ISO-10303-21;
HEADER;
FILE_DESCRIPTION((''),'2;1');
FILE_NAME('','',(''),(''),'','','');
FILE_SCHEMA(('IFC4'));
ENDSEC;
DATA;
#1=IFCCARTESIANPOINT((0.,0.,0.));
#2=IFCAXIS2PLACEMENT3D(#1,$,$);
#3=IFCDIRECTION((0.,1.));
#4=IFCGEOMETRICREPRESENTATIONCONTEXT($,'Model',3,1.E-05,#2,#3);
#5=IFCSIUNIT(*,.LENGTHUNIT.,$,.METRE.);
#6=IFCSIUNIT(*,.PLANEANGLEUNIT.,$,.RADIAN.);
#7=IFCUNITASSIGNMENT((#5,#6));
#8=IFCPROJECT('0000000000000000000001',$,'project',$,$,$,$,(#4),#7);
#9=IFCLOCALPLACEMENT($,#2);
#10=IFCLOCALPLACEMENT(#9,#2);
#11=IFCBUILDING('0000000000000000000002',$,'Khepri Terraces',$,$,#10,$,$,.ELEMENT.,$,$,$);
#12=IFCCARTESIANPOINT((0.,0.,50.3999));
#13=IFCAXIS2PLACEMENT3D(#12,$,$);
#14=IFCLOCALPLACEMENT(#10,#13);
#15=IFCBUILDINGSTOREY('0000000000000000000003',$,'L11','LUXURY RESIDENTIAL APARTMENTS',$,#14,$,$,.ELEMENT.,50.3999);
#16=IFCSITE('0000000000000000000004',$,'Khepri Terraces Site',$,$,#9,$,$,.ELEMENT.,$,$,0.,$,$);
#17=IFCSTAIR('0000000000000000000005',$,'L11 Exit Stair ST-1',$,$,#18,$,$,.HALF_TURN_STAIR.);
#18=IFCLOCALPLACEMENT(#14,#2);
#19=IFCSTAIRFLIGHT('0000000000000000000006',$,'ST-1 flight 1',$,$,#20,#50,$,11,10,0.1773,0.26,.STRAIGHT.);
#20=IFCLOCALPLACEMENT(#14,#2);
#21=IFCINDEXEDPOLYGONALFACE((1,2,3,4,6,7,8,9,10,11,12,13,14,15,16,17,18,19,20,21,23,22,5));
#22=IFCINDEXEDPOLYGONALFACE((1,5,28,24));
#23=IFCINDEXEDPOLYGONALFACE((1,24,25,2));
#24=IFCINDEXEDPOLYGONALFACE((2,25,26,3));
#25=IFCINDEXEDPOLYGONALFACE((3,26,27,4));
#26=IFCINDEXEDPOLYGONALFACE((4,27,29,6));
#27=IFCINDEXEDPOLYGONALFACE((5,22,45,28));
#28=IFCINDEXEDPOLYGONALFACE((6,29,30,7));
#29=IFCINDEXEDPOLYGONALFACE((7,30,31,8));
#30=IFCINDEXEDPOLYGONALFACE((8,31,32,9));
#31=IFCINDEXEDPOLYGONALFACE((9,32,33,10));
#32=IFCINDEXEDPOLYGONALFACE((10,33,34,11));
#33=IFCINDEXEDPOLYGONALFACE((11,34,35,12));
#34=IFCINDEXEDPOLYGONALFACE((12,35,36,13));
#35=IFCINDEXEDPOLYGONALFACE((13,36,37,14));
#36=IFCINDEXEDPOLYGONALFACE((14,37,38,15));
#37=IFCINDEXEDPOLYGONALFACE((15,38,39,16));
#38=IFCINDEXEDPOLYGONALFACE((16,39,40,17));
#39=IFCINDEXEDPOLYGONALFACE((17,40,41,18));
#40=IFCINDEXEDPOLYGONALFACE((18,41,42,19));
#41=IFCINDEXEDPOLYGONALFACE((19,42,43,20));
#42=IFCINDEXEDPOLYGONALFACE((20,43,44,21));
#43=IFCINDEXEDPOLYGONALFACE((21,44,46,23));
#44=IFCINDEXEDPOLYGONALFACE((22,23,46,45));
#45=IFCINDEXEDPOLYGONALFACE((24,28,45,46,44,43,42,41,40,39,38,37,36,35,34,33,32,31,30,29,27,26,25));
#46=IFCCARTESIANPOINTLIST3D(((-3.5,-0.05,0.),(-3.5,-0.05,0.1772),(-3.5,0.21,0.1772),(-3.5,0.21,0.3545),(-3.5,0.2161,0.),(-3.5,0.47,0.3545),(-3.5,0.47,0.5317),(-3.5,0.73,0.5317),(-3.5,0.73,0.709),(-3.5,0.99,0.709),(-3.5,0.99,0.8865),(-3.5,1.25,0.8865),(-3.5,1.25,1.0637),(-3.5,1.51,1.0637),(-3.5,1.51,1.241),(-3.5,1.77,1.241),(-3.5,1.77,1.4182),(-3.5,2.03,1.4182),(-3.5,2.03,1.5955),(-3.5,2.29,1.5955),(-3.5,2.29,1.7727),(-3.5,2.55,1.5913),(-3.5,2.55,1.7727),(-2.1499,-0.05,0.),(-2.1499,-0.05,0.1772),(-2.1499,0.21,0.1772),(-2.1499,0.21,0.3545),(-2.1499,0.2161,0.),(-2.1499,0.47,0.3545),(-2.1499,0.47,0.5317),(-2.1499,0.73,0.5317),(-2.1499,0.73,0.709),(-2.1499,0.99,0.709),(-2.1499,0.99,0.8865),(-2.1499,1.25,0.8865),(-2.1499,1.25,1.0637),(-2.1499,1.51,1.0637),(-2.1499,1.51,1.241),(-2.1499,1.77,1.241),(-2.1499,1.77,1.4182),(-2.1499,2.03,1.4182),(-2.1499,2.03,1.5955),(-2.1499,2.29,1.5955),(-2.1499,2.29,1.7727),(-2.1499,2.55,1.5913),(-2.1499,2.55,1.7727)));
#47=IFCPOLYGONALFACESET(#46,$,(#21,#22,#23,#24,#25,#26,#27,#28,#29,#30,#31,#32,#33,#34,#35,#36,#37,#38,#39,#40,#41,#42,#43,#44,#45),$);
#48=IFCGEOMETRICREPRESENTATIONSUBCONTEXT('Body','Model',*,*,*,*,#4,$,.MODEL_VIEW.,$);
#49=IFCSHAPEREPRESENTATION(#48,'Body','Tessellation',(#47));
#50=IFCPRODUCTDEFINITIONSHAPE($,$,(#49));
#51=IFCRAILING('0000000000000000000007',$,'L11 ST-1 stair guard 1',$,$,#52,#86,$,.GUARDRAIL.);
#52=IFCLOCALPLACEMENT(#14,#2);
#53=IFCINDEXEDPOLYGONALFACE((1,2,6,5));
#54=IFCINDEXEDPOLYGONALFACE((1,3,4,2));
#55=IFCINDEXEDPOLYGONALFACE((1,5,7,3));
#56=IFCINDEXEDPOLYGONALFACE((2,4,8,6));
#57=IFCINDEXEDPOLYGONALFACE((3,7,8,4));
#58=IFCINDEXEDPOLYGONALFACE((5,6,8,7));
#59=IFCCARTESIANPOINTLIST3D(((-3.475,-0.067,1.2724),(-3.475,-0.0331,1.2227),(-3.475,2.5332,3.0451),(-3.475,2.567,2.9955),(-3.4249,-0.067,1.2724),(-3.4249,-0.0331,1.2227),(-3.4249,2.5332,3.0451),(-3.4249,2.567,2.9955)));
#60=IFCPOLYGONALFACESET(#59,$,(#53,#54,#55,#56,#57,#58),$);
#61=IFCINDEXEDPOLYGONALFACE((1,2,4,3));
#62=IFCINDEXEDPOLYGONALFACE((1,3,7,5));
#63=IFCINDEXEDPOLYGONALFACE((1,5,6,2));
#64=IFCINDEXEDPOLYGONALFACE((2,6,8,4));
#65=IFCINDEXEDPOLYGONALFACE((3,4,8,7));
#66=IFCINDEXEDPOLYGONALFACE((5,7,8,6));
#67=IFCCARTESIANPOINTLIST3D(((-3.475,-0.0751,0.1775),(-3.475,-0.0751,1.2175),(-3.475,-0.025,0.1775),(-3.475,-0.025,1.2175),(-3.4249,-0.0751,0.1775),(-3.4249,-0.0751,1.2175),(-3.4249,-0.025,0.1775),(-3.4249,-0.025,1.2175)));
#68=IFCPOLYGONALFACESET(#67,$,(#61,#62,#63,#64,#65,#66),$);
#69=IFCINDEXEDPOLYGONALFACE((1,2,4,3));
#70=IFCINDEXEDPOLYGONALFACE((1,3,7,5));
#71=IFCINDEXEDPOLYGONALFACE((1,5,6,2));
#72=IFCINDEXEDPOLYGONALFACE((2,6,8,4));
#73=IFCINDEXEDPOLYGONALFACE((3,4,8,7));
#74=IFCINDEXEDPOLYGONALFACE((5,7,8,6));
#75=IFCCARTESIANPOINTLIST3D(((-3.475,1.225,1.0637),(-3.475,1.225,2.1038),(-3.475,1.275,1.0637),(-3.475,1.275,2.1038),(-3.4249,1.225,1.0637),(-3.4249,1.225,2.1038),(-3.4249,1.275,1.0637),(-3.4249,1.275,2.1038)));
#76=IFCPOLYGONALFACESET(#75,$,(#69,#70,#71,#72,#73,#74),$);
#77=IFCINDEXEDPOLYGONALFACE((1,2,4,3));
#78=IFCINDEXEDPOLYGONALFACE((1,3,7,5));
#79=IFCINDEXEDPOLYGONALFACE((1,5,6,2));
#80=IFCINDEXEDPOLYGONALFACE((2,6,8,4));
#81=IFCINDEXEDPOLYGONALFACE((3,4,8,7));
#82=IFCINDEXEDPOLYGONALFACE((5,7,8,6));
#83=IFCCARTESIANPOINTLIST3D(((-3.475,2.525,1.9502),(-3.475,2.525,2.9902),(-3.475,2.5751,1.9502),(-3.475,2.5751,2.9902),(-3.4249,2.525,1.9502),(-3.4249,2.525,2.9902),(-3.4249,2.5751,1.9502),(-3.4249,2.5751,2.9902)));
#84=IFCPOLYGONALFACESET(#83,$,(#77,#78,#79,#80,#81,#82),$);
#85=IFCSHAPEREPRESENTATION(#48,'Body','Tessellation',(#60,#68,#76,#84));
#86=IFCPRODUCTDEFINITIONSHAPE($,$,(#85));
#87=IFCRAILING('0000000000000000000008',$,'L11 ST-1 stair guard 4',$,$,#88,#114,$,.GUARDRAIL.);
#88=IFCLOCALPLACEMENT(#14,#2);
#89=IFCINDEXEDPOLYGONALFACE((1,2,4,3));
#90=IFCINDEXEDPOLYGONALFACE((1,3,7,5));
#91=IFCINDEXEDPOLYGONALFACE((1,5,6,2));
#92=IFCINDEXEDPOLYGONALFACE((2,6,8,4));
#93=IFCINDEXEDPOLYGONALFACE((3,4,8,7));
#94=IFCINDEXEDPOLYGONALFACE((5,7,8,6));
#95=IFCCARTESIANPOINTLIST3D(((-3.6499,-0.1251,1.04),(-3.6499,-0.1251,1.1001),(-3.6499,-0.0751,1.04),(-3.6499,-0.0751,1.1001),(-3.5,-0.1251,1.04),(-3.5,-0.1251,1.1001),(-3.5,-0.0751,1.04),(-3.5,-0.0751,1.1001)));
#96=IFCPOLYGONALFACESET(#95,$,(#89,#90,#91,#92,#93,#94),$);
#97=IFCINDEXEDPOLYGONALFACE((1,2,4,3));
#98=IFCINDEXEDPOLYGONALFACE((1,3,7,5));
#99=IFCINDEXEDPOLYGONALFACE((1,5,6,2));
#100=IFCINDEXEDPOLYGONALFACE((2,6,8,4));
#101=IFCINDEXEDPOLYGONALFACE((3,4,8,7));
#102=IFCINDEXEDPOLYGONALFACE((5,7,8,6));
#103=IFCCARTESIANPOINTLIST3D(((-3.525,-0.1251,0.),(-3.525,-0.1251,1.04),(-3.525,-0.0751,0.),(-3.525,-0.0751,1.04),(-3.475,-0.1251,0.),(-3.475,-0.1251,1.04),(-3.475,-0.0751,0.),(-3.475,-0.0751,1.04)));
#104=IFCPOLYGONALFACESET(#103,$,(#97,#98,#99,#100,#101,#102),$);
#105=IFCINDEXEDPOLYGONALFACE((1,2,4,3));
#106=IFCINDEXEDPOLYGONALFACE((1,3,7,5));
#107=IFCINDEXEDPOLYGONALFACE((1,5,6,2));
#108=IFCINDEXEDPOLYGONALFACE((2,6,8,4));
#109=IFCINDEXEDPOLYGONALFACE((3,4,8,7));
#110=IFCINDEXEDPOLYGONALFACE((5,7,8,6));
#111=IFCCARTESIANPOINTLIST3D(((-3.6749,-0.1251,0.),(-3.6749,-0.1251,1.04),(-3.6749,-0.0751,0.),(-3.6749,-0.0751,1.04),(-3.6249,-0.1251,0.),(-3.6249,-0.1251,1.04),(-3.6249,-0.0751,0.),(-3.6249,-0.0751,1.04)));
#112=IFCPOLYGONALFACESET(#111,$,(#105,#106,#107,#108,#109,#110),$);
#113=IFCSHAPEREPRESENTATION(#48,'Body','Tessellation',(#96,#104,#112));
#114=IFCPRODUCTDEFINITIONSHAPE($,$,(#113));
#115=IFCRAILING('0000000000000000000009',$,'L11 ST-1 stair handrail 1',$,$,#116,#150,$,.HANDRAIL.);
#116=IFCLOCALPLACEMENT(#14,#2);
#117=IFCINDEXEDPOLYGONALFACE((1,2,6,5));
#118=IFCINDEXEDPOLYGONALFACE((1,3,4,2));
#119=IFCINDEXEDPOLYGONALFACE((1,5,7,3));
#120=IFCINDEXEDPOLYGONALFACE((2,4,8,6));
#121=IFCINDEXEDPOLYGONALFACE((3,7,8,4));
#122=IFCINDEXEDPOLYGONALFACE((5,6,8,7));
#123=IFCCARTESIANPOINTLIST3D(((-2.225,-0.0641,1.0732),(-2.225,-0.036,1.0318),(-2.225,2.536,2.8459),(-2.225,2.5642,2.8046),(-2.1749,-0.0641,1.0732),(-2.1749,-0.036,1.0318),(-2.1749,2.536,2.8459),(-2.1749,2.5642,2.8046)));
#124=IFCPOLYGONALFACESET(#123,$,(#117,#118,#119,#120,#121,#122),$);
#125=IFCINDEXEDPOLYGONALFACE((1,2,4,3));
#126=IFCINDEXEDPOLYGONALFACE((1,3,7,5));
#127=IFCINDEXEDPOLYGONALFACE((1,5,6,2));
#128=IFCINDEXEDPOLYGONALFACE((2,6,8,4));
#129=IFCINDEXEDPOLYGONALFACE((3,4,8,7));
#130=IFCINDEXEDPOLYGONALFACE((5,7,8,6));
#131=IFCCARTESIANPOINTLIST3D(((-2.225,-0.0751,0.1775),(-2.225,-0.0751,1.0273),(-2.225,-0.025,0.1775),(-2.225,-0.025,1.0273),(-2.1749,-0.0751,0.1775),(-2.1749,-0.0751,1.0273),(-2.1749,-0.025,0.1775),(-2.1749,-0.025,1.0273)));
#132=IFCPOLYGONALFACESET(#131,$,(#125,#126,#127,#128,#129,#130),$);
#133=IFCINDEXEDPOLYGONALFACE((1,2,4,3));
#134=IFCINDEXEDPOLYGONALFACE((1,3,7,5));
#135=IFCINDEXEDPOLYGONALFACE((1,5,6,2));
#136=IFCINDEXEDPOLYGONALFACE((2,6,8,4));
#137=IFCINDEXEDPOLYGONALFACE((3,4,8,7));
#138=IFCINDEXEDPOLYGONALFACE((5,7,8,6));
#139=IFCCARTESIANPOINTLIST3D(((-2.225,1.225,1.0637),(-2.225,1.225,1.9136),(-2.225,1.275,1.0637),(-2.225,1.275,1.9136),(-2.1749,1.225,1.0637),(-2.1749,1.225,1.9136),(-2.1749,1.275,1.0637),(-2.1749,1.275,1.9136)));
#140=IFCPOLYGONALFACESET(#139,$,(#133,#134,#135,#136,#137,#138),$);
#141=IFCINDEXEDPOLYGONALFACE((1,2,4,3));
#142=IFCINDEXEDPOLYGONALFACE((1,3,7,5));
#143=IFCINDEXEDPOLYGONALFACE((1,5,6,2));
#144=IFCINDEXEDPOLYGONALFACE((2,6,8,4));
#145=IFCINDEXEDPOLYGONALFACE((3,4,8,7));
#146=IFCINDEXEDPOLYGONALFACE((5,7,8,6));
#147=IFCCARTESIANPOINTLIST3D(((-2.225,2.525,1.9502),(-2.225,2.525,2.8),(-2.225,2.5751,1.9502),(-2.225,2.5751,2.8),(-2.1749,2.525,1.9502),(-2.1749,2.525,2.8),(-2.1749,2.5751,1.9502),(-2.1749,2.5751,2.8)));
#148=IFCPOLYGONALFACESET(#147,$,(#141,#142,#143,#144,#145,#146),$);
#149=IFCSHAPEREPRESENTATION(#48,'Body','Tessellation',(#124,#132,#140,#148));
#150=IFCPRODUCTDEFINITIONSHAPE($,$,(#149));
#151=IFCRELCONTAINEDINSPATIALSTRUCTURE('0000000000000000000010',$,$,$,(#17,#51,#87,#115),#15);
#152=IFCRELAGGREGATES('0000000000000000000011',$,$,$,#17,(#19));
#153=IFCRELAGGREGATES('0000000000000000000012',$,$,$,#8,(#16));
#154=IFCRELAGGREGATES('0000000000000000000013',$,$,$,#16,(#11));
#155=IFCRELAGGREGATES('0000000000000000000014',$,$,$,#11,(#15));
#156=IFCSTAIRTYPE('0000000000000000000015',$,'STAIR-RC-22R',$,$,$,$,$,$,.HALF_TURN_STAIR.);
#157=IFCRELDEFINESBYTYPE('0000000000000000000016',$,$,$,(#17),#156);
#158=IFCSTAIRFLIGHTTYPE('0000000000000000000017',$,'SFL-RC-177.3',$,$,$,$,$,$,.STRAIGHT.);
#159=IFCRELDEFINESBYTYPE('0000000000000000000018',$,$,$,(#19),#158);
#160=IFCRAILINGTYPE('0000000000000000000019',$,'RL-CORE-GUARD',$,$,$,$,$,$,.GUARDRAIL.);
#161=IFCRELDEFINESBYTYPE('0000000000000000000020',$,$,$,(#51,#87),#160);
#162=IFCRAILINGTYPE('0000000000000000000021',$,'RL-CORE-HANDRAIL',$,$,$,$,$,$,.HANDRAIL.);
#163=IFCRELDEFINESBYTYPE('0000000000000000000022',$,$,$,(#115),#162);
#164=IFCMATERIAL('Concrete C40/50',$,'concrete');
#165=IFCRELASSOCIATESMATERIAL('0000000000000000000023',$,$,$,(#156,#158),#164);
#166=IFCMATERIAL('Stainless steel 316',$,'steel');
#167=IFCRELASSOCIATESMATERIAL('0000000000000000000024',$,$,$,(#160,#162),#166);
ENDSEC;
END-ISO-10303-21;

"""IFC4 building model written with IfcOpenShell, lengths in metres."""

from ifc_helpers import new_model, si_unit, direction, frame, origin, origin_2d, place, context, subcontext, project, spatial, polyline, rectangle, outline, extrude, material, type_object, element, aggregate, save


model = new_model("IFC4")

# Units and contexts
model_context = context("Model", 3, precision=1e-05, world=origin(), true_north=direction((0.0, 1.0)))
body_context = subcontext(model_context, "Body", "Model", "MODEL_VIEW")
ifc_project = project(units=[si_unit("LENGTHUNIT", "METRE"), si_unit("PLANEANGLEUNIT", "RADIAN")], contexts=[model_context])

# Site, building, storey
site_placement = place(None, origin())
site = spatial("IfcSite", under=ifc_project, at=site_placement, Name="Khepri Terraces Site", CompositionType="ELEMENT", RefElevation=0.0)
building_placement = place(site_placement, origin())
building = spatial("IfcBuilding", under=site, at=building_placement, Name="Khepri Terraces", CompositionType="ELEMENT")
storey_placement = place(building_placement, frame((0.0, 0.0, 50.3999)))
storey = spatial("IfcBuildingStorey", under=building, at=storey_placement, Name="L11", Description="LUXURY RESIDENTIAL APARTMENTS", CompositionType="ELEMENT", Elevation=50.3999)

# Shared definitions
ifc_material_1 = material(Name="Concrete C40/50", Category="concrete")

# Stair, stair flight
stair_type = type_object("IfcStairType", Name="STAIR-RC-22R", PredefinedType="HALF_TURN_STAIR", material=ifc_material_1)
stair_placement = place(storey_placement, origin())
stair = element("IfcStair", 1, at=stair_placement, inside=storey, type_object=stair_type, Name="L11 Exit Stair ST-1", PredefinedType="HALF_TURN_STAIR")
stair_flight_type = type_object("IfcStairFlightType", Name="SFL-RC-177.3", PredefinedType="STRAIGHT", material=ifc_material_1)
stair_flight_placement = place(storey_placement, frame((-2.825, -0.05, 0.0), z_axis=(0.0, 0.0, 1.0), x_axis=(0.0, 1.0, 0.0)))
stair_flight = element("IfcStairFlight", 2, at=stair_flight_placement, type_object=stair_flight_type, Name="ST-1 flight 1", NumberOfRisers=11, NumberOfTreads=10, PredefinedType="STRAIGHT", RiserHeight=0.1773, TreadLength=0.26, context=body_context, shape_type="SweptSolid", body=[
    extrude(outline(polyline([(0.0, 0.0), (0.0, 0.1772), (0.26, 0.1772), (0.26, 0.3545), (0.52, 0.3545), (0.52, 0.5317), (0.78, 0.5317), (0.78, 0.709), (1.04, 0.709), (1.04, 0.8865), (1.3, 0.8865), (1.3, 1.0637), (1.5601, 1.0637), (1.5601, 1.241), (1.8201, 1.241), (1.8201, 1.4182), (2.0801, 1.4182), (2.0801, 1.5955), (2.3401, 1.5955), (2.3401, 1.7727), (2.6001, 1.7727), (2.6001, 1.95), (2.6001, 1.5913), (0.2661, 0.0), (0.0, 0.0)])), frame((0.0, 0.675, 0.0), z_axis=(0.0, -1.0, 0.0), x_axis=(1.0, 0.0, 0.0)), (0.0, 0.0, 1.0), 1.3501),
])
aggregate(stair, [stair_flight])

# Railings
ifc_material_2 = material(Name="Stainless steel 316", Category="steel")
railing_type_1 = type_object("IfcRailingType", Name="RL-CORE-GUARD", PredefinedType="GUARDRAIL", material=ifc_material_2)
railing_1_placement = place(storey_placement, frame((-3.45, -0.05, 0.1775)))
element("IfcRailing", 3, at=railing_1_placement, inside=storey, type_object=railing_type_1, Name="L11 ST-1 stair guard 1", PredefinedType="GUARDRAIL", context=body_context, shape_type="SweptSolid", body=[
    extrude(rectangle(XDim=0.05, YDim=0.0601, at=origin_2d()), frame((0.0, 0.0, 1.0701), z_axis=(0.0, 0.82624, 0.563318), x_axis=(-1.0, 0.0, 0.0)), (0.0, 0.0, 1.0), 3.147),
    extrude(rectangle(XDim=0.05, YDim=0.05, at=origin_2d()), origin(), (0.0, 0.0, 1.0), 1.04),
    extrude(rectangle(XDim=0.05, YDim=0.05, at=origin_2d()), frame((0.0, 1.3, 0.8862)), (0.0, 0.0, 1.0), 1.04),
    extrude(rectangle(XDim=0.05, YDim=0.05, at=origin_2d()), frame((0.0, 2.6001, 1.7727)), (0.0, 0.0, 1.0), 1.04),
])
railing_2_placement = place(storey_placement, frame((-3.5, -0.1001, 0.0)))
element("IfcRailing", 4, at=railing_2_placement, inside=storey, type_object=railing_type_1, Name="L11 ST-1 stair guard 4", PredefinedType="GUARDRAIL", context=body_context, shape_type="SweptSolid", body=[
    extrude(rectangle(XDim=0.05, YDim=0.0601, at=origin_2d()), frame((0.0, 0.0, 1.0701), z_axis=(-1.0, 0.0, 0.0), x_axis=(0.0, -1.0, 0.0)), (0.0, 0.0, 1.0), 0.1499),
    extrude(rectangle(XDim=0.05, YDim=0.05, at=origin_2d()), origin(), (0.0, 0.0, 1.0), 1.04),
    extrude(rectangle(XDim=0.05, YDim=0.05, at=origin_2d()), frame((-0.1499, 0.0, 0.0)), (0.0, 0.0, 1.0), 1.04),
])
railing_type_2 = type_object("IfcRailingType", Name="RL-CORE-HANDRAIL", PredefinedType="HANDRAIL", material=ifc_material_2)
railing_3_placement = place(storey_placement, frame((-2.2, -0.05, 0.1775)))
element("IfcRailing", 5, at=railing_3_placement, inside=storey, type_object=railing_type_2, Name="L11 ST-1 stair handrail 1", PredefinedType="HANDRAIL", context=body_context, shape_type="SweptSolid", body=[
    extrude(rectangle(XDim=0.05, YDim=0.05, at=origin_2d()), frame((0.0, 0.0, 0.875), z_axis=(0.0, 0.82624, 0.563318), x_axis=(-1.0, 0.0, 0.0)), (0.0, 0.0, 1.0), 3.147),
    extrude(rectangle(XDim=0.05, YDim=0.05, at=origin_2d()), origin(), (0.0, 0.0, 1.0), 0.8499),
    extrude(rectangle(XDim=0.05, YDim=0.05, at=origin_2d()), frame((0.0, 1.3, 0.8862)), (0.0, 0.0, 1.0), 0.8499),
    extrude(rectangle(XDim=0.05, YDim=0.05, at=origin_2d()), frame((0.0, 2.6001, 1.7727)), (0.0, 0.0, 1.0), 0.8499),
])

save(model, "model.ifc")
